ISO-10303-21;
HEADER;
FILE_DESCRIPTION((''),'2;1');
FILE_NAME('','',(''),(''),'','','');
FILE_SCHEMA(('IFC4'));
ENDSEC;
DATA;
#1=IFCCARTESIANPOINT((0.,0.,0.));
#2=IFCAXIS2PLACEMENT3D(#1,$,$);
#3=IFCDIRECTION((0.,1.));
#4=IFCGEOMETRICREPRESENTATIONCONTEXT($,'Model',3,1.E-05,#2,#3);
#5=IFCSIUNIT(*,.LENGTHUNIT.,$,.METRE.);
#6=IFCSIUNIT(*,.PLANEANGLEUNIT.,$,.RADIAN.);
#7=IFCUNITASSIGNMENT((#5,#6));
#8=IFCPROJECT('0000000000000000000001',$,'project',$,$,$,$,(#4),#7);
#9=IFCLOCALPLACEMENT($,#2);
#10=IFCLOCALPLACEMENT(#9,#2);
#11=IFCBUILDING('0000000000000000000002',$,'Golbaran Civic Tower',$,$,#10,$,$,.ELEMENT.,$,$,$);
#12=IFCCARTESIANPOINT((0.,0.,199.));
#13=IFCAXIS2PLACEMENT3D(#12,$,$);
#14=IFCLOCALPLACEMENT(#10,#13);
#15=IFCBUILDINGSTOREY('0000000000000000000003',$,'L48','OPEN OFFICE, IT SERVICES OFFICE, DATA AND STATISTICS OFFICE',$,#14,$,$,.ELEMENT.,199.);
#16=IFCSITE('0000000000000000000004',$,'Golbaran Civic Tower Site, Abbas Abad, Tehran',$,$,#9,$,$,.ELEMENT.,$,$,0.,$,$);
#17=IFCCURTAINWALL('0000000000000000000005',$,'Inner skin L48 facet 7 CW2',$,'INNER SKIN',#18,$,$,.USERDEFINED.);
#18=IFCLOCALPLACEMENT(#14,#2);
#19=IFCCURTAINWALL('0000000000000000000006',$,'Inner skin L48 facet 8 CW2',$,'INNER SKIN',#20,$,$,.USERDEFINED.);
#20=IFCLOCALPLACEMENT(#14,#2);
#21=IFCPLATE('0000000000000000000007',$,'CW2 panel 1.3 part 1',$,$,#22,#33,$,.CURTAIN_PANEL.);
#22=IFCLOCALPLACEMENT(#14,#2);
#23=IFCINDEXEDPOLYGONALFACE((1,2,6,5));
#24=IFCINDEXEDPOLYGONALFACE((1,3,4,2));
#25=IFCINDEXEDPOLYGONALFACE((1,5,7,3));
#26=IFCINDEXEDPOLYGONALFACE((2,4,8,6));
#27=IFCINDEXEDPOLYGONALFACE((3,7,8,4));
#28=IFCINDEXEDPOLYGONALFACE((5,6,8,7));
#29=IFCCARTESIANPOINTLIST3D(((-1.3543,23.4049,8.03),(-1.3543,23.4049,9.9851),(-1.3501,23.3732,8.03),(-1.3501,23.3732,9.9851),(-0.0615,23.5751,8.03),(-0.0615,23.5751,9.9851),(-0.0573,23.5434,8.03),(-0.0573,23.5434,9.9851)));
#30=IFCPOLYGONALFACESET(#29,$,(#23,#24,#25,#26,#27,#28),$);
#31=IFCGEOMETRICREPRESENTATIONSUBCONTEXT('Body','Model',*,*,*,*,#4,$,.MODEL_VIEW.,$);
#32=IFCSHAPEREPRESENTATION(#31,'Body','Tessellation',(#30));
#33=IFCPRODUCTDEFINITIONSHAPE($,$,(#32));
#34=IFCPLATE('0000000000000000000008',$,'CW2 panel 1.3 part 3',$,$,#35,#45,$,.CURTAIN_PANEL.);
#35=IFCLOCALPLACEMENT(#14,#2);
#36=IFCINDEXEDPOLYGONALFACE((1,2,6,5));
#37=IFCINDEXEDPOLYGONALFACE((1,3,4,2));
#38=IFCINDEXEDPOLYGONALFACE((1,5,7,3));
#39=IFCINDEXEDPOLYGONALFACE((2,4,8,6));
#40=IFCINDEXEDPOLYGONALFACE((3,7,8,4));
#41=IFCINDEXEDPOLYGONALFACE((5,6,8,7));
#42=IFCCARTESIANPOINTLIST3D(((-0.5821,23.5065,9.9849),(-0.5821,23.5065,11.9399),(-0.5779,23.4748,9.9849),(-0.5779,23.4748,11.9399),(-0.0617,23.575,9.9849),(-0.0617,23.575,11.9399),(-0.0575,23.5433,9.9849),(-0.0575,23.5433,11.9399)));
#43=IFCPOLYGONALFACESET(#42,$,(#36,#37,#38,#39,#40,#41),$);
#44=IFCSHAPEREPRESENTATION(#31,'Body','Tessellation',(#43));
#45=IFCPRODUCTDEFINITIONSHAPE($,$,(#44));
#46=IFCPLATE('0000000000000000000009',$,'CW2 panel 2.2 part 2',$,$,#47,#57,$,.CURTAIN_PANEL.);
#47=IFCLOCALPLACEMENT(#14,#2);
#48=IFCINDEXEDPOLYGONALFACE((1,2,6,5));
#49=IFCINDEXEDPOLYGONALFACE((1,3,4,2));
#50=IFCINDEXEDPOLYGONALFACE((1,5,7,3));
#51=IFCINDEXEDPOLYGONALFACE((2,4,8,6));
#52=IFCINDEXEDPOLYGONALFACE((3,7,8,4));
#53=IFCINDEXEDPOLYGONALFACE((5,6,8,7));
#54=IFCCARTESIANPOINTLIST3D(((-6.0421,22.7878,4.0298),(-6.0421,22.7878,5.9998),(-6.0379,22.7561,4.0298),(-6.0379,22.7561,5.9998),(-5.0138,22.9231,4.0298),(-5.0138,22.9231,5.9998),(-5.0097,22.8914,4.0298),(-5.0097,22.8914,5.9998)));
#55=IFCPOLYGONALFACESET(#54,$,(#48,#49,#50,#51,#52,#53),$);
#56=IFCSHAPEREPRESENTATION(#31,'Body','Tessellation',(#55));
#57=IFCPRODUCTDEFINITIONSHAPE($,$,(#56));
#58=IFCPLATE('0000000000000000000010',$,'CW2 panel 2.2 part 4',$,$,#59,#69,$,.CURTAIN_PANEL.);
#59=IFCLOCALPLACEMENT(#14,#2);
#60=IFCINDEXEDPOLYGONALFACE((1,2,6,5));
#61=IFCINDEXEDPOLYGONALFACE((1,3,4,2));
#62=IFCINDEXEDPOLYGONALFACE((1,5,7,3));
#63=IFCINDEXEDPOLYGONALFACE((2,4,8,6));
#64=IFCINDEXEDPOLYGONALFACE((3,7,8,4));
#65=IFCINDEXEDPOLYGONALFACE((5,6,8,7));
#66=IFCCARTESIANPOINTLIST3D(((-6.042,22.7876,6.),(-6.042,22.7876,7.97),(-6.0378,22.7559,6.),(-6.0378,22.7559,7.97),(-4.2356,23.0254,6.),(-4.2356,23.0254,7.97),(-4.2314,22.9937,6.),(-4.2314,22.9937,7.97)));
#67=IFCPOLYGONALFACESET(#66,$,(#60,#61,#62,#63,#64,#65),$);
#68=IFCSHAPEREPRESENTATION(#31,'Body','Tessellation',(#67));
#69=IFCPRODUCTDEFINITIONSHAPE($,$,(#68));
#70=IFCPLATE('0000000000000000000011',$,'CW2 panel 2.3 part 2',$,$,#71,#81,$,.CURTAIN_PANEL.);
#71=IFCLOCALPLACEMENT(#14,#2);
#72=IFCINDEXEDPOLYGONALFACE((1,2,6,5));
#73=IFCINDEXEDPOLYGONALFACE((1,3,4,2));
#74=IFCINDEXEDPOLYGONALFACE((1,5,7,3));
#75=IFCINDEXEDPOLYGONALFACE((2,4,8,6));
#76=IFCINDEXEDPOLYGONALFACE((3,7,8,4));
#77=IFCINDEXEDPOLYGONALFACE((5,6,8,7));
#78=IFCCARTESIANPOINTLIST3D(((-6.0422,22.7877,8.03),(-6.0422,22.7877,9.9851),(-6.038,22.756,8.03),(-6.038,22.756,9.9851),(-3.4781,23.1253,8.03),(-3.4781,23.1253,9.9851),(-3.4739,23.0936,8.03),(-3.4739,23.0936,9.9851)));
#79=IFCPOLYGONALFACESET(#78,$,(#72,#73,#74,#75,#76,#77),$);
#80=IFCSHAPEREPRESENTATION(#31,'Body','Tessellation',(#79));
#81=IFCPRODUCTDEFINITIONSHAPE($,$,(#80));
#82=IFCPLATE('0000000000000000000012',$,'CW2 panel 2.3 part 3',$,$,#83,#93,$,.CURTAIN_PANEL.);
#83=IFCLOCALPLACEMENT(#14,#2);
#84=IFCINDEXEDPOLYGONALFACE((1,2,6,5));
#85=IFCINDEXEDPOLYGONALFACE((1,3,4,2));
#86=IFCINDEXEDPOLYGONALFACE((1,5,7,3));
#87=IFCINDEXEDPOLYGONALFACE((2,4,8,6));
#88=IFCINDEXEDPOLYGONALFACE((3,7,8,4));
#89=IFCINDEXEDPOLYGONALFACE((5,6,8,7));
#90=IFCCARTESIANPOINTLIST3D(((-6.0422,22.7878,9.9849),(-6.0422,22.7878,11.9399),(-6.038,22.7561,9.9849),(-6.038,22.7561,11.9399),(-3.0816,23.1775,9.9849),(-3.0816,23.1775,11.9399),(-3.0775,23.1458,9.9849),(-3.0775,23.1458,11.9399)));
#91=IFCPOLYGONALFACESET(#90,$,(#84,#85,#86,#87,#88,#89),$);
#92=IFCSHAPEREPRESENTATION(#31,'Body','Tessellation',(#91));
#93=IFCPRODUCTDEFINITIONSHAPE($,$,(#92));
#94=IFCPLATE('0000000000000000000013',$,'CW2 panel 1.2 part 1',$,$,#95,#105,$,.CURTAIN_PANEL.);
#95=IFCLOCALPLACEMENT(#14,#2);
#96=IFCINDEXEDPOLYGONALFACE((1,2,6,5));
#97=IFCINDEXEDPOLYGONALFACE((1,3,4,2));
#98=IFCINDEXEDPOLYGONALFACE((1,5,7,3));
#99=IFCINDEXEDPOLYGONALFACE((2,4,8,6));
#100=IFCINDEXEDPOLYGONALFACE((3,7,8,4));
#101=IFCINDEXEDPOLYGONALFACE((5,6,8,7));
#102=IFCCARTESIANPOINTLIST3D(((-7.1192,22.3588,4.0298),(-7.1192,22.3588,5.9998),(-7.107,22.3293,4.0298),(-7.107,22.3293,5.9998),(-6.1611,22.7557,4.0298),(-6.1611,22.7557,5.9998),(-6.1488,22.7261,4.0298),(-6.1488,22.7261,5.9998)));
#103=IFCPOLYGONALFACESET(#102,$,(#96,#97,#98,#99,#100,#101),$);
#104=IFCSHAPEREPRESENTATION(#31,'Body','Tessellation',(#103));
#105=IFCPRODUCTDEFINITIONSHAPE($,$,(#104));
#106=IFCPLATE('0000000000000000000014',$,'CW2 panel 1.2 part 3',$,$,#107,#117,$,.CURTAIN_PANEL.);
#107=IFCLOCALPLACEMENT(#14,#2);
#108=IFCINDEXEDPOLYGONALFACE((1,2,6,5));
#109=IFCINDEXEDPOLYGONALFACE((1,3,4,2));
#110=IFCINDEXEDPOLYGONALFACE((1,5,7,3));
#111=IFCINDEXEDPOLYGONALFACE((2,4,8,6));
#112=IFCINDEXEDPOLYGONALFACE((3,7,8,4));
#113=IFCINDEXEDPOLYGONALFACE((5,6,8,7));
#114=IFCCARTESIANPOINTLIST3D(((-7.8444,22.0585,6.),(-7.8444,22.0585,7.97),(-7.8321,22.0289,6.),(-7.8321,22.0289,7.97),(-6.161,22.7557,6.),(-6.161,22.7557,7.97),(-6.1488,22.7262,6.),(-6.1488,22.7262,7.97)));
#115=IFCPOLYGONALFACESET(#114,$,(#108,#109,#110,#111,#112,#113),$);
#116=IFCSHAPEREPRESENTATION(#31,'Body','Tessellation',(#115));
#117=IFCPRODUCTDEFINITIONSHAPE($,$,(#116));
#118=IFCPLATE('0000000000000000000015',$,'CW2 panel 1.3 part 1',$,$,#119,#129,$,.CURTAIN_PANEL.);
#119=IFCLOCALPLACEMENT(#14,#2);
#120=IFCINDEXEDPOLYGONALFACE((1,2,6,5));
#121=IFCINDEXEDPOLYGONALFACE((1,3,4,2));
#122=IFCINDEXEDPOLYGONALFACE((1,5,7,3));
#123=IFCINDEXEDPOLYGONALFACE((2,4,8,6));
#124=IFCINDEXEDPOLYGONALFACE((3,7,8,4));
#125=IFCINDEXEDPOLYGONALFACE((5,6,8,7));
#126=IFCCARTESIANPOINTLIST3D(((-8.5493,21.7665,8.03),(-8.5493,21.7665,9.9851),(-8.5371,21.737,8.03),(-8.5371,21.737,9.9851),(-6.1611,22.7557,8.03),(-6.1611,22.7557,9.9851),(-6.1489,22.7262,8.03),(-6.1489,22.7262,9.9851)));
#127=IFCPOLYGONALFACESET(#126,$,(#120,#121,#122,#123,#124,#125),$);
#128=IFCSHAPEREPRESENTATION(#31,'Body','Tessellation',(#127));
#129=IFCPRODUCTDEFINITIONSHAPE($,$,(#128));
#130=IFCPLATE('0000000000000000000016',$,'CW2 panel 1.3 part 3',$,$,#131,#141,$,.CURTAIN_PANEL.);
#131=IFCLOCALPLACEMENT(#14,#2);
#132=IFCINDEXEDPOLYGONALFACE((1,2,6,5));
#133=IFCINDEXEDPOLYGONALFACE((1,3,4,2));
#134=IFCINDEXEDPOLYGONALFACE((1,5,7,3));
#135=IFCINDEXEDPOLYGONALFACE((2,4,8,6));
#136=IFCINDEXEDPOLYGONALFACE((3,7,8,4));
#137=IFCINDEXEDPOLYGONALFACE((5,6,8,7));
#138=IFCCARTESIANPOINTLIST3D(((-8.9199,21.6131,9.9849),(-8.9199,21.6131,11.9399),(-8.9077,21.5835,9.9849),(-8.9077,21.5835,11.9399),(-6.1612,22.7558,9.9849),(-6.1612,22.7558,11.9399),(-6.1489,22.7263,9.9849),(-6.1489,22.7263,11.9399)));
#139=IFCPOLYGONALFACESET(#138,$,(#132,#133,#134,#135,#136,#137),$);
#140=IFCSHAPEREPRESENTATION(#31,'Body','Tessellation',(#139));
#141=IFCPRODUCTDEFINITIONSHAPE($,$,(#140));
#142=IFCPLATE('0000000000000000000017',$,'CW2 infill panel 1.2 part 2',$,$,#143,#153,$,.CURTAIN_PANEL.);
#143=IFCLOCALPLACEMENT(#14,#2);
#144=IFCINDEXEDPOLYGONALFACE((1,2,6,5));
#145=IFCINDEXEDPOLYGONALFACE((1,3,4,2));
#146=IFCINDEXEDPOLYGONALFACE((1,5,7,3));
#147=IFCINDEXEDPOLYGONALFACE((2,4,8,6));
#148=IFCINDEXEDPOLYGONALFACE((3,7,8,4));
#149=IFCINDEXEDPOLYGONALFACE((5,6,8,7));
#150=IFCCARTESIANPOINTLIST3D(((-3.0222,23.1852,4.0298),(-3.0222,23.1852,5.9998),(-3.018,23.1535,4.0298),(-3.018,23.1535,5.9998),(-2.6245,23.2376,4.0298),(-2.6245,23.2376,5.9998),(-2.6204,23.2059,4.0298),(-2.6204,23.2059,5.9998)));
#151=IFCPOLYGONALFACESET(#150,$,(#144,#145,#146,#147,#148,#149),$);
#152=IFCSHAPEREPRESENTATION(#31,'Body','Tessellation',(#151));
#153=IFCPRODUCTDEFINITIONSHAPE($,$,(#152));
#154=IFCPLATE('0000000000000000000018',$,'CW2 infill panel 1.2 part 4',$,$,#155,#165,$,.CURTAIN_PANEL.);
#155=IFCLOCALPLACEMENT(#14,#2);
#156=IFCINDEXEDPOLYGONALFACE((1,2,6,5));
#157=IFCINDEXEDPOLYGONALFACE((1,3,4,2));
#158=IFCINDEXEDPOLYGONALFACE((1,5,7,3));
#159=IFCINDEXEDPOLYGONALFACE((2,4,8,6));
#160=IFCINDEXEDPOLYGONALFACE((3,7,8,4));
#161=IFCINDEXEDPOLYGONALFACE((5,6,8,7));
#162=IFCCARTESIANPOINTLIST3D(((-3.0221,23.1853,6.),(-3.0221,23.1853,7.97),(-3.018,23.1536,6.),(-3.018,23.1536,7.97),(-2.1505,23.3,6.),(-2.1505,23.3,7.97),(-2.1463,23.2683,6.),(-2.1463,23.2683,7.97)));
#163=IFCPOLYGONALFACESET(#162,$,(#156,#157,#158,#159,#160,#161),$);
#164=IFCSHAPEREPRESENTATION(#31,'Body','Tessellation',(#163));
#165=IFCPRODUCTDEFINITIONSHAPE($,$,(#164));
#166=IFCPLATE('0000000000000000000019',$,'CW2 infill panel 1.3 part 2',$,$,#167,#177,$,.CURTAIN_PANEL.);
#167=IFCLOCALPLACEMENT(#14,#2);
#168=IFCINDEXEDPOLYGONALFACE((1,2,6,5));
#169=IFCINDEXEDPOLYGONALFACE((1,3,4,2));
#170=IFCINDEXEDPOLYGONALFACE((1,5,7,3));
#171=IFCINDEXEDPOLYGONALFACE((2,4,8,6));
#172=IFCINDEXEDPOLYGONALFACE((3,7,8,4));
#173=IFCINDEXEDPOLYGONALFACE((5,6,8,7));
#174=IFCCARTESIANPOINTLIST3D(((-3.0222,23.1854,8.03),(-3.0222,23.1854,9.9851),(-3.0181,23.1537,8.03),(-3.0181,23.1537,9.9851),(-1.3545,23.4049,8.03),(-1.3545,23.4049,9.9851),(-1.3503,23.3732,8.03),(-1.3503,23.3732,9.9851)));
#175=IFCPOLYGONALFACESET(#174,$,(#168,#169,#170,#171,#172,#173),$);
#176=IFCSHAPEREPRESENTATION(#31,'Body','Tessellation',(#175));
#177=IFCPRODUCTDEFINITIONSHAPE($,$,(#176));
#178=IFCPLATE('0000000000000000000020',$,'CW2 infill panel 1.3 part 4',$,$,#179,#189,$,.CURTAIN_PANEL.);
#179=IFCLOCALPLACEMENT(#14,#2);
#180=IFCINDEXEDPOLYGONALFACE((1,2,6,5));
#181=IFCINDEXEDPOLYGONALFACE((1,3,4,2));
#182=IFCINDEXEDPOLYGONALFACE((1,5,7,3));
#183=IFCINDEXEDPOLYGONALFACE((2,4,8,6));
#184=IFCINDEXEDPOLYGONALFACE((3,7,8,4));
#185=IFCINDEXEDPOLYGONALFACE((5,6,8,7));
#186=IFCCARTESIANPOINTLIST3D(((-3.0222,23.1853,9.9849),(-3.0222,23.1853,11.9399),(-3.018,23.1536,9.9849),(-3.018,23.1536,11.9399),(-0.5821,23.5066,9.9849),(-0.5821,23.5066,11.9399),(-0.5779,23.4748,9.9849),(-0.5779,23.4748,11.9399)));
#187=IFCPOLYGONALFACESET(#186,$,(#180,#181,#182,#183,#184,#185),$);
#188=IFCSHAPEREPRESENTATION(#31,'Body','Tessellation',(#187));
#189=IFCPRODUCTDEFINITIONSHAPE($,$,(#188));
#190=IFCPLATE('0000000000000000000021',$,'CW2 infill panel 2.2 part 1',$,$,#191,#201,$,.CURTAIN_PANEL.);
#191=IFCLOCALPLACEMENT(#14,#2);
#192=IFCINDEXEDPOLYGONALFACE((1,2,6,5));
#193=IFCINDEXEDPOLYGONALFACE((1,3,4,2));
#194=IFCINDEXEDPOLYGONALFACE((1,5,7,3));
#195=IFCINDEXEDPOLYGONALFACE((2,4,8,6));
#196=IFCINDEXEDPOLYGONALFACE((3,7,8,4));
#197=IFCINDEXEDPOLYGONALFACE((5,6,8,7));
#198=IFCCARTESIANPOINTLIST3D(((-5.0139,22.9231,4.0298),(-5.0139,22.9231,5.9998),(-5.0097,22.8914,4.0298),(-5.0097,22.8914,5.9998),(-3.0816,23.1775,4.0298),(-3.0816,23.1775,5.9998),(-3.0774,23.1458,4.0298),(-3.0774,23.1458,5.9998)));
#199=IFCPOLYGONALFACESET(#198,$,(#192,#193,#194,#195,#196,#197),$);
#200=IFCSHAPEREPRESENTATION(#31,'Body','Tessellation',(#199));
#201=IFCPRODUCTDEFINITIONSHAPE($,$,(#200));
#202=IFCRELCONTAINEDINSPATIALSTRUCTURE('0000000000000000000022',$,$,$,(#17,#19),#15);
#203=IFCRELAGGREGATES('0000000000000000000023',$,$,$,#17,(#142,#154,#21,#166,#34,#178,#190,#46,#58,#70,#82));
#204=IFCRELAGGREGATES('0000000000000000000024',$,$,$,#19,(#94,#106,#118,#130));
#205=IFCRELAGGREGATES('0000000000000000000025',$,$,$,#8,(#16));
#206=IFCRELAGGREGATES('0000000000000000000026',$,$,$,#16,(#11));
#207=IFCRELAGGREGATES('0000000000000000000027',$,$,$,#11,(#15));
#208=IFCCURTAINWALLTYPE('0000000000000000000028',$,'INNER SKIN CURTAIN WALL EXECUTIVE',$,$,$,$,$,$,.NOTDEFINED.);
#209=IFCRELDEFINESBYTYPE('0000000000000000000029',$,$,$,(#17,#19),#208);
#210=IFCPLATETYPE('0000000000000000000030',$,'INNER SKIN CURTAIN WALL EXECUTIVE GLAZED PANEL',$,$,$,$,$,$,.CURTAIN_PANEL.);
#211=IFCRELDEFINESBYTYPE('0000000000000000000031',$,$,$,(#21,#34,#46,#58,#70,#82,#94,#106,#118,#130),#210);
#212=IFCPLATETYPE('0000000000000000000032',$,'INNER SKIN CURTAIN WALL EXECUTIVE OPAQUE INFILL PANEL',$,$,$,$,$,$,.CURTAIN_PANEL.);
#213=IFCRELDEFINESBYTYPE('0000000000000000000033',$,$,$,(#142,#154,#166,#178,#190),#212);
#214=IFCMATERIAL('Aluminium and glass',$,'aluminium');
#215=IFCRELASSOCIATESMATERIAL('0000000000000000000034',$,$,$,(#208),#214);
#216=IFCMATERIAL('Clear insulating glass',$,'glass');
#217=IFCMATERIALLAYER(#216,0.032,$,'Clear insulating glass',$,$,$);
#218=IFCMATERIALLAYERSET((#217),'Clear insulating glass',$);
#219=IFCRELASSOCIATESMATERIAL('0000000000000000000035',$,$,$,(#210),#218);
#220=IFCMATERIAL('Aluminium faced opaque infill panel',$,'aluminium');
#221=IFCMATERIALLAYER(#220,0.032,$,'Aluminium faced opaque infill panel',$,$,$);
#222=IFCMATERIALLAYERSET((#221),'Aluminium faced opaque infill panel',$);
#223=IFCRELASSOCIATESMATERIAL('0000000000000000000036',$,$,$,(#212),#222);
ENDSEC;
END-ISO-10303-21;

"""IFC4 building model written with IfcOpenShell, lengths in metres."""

from ifc_helpers import new_model, si_unit, direction, frame, origin, origin_2d, place, context, subcontext, project, spatial, rectangle, extrude, material, layer, layer_set, type_object, element, aggregate, save


model = new_model("IFC4")

# Units and contexts
model_context = context("Model", 3, precision=1e-05, world=origin(), true_north=direction((0.0, 1.0)))
body_context = subcontext(model_context, "Body", "Model", "MODEL_VIEW")
ifc_project = project(units=[si_unit("LENGTHUNIT", "METRE"), si_unit("PLANEANGLEUNIT", "RADIAN")], contexts=[model_context])

# Site, building, storey
site_placement = place(None, origin())
site = spatial("IfcSite", under=ifc_project, at=site_placement, Name="Golbaran Civic Tower Site, Abbas Abad, Tehran", CompositionType="ELEMENT", RefElevation=0.0)
building_placement = place(site_placement, origin())
building = spatial("IfcBuilding", under=site, at=building_placement, Name="Golbaran Civic Tower", CompositionType="ELEMENT")
storey_placement = place(building_placement, frame((0.0, 0.0, 199.0)))
storey = spatial("IfcBuildingStorey", under=building, at=storey_placement, Name="L48", Description="OPEN OFFICE, IT SERVICES OFFICE, DATA AND STATISTICS OFFICE", CompositionType="ELEMENT", Elevation=199.0)

# Curtain walls
ifc_material_1 = material(Name="Aluminium and glass", Category="aluminium")
curtain_wall_type_1 = type_object("IfcCurtainWallType", Name="INNER SKIN CURTAIN WALL EXECUTIVE", PredefinedType="NOTDEFINED", material=ifc_material_1)
curtain_wall_1_placement = place(storey_placement, origin())
curtain_wall_1 = element("IfcCurtainWall", 1, at=curtain_wall_1_placement, inside=storey, type_object=curtain_wall_type_1, Name="Inner skin L48 facet 7 CW2", ObjectType="INNER SKIN", PredefinedType="USERDEFINED")
curtain_wall_2_placement = place(storey_placement, origin())
curtain_wall_2 = element("IfcCurtainWall", 2, at=curtain_wall_2_placement, inside=storey, type_object=curtain_wall_type_1, Name="Inner skin L48 facet 8 CW2", ObjectType="INNER SKIN", PredefinedType="USERDEFINED")

# Plates
ifc_material_2 = material(Name="Clear insulating glass", Category="glass")
ifc_layer_1 = layer(ifc_material_2, 0.032, Name="Clear insulating glass")
ifc_layer_set_1 = layer_set([ifc_layer_1], Name="Clear insulating glass")
plate_type_1 = type_object("IfcPlateType", Name="INNER SKIN CURTAIN WALL EXECUTIVE GLAZED PANEL", PredefinedType="CURTAIN_PANEL", material=ifc_layer_set_1)
plate_1_placement = place(storey_placement, frame((-0.7058, 23.4741, 8.03), z_axis=(0.0, 0.0, 1.0), x_axis=(-0.991445, -0.130526, 0.0)))
plate_1 = element("IfcPlate", 3, at=plate_1_placement, type_object=plate_type_1, Name="CW2 panel 1.3 part 1", PredefinedType="CURTAIN_PANEL", context=body_context, shape_type="SweptSolid", body=[
    extrude(rectangle(XDim=1.304, YDim=0.032, at=origin_2d()), origin(), (0.0, 0.0, 1.0), 1.9551),
])
plate_2_placement = place(storey_placement, frame((-0.3198, 23.5249, 9.9849), z_axis=(0.0, 0.0, 1.0), x_axis=(-0.991445, -0.130526, 0.0)))
plate_2 = element("IfcPlate", 4, at=plate_2_placement, type_object=plate_type_1, Name="CW2 panel 1.3 part 3", PredefinedType="CURTAIN_PANEL", context=body_context, shape_type="SweptSolid", body=[
    extrude(rectangle(XDim=0.5249, YDim=0.032, at=origin_2d()), origin(), (0.0, 0.0, 1.0), 1.9551),
])
plate_3_placement = place(storey_placement, frame((-5.5259, 22.8396, 4.0298), z_axis=(0.0, 0.0, 1.0), x_axis=(-0.991445, -0.130526, 0.0)))
plate_3 = element("IfcPlate", 5, at=plate_3_placement, type_object=plate_type_1, Name="CW2 panel 2.2 part 2", PredefinedType="CURTAIN_PANEL", context=body_context, shape_type="SweptSolid", body=[
    extrude(rectangle(XDim=1.0371, YDim=0.032, at=origin_2d()), origin(), (0.0, 0.0, 1.0), 1.97),
])
plate_4_placement = place(storey_placement, frame((-5.1367, 22.8906, 6.0), z_axis=(0.0, 0.0, 1.0), x_axis=(-0.991445, -0.130526, 0.0)))
plate_4 = element("IfcPlate", 6, at=plate_4_placement, type_object=plate_type_1, Name="CW2 panel 2.2 part 4", PredefinedType="CURTAIN_PANEL", context=body_context, shape_type="SweptSolid", body=[
    extrude(rectangle(XDim=1.822, YDim=0.032, at=origin_2d()), origin(), (0.0, 0.0, 1.0), 1.97),
])
plate_5_placement = place(storey_placement, frame((-4.7581, 22.9407, 8.03), z_axis=(0.0, 0.0, 1.0), x_axis=(-0.991445, -0.130526, 0.0)))
plate_5 = element("IfcPlate", 7, at=plate_5_placement, type_object=plate_type_1, Name="CW2 panel 2.3 part 2", PredefinedType="CURTAIN_PANEL", context=body_context, shape_type="SweptSolid", body=[
    extrude(rectangle(XDim=2.5862, YDim=0.032, at=origin_2d()), origin(), (0.0, 0.0, 1.0), 1.9551),
])
plate_6_placement = place(storey_placement, frame((-4.5598, 22.9668, 9.9849), z_axis=(0.0, 0.0, 1.0), x_axis=(-0.991445, -0.130526, 0.0)))
plate_6 = element("IfcPlate", 8, at=plate_6_placement, type_object=plate_type_1, Name="CW2 panel 2.3 part 3", PredefinedType="CURTAIN_PANEL", context=body_context, shape_type="SweptSolid", body=[
    extrude(rectangle(XDim=2.9861, YDim=0.032, at=origin_2d()), origin(), (0.0, 0.0, 1.0), 1.9551),
])
plate_7_placement = place(storey_placement, frame((-6.634, 22.5425, 4.0298), z_axis=(0.0, 0.0, 1.0), x_axis=(-0.92388, -0.382683, 0.0)))
plate_7 = element("IfcPlate", 9, at=plate_7_placement, type_object=plate_type_1, Name="CW2 panel 1.2 part 1", PredefinedType="CURTAIN_PANEL", context=body_context, shape_type="SweptSolid", body=[
    extrude(rectangle(XDim=1.0371, YDim=0.032, at=origin_2d()), origin(), (0.0, 0.0, 1.0), 1.97),
])
plate_8_placement = place(storey_placement, frame((-6.9966, 22.3923, 6.0), z_axis=(0.0, 0.0, 1.0), x_axis=(-0.92388, -0.382683, 0.0)))
plate_8 = element("IfcPlate", 10, at=plate_8_placement, type_object=plate_type_1, Name="CW2 panel 1.2 part 3", PredefinedType="CURTAIN_PANEL", context=body_context, shape_type="SweptSolid", body=[
    extrude(rectangle(XDim=1.822, YDim=0.032, at=origin_2d()), origin(), (0.0, 0.0, 1.0), 1.97),
])
plate_9_placement = place(storey_placement, frame((-7.3491, 22.2463, 8.03), z_axis=(0.0, 0.0, 1.0), x_axis=(-0.92388, -0.382683, 0.0)))
plate_9 = element("IfcPlate", 11, at=plate_9_placement, type_object=plate_type_1, Name="CW2 panel 1.3 part 1", PredefinedType="CURTAIN_PANEL", context=body_context, shape_type="SweptSolid", body=[
    extrude(rectangle(XDim=2.585, YDim=0.032, at=origin_2d()), origin(), (0.0, 0.0, 1.0), 1.9551),
])
plate_10_placement = place(storey_placement, frame((-7.5344, 22.1697, 9.9849), z_axis=(0.0, 0.0, 1.0), x_axis=(-0.92388, -0.382683, 0.0)))
plate_10 = element("IfcPlate", 12, at=plate_10_placement, type_object=plate_type_1, Name="CW2 panel 1.3 part 3", PredefinedType="CURTAIN_PANEL", context=body_context, shape_type="SweptSolid", body=[
    extrude(rectangle(XDim=2.9861, YDim=0.032, at=origin_2d()), origin(), (0.0, 0.0, 1.0), 1.9551),
])
ifc_material_3 = material(Name="Aluminium faced opaque infill panel", Category="aluminium")
ifc_layer_2 = layer(ifc_material_3, 0.032, Name="Aluminium faced opaque infill panel")
ifc_layer_set_2 = layer_set([ifc_layer_2], Name="Aluminium faced opaque infill panel")
plate_type_2 = type_object("IfcPlateType", Name="INNER SKIN CURTAIN WALL EXECUTIVE OPAQUE INFILL PANEL", PredefinedType="CURTAIN_PANEL", material=ifc_layer_set_2)
plate_11_placement = place(storey_placement, frame((-2.8213, 23.1956, 4.0298), z_axis=(0.0, 0.0, 1.0), x_axis=(-0.991445, -0.130526, 0.0)))
plate_11 = element("IfcPlate", 13, at=plate_11_placement, type_object=plate_type_2, Name="CW2 infill panel 1.2 part 2", PredefinedType="CURTAIN_PANEL", context=body_context, shape_type="SweptSolid", body=[
    extrude(rectangle(XDim=0.4011, YDim=0.032, at=origin_2d()), origin(), (0.0, 0.0, 1.0), 1.97),
])
plate_12_placement = place(storey_placement, frame((-2.5842, 23.2268, 6.0), z_axis=(0.0, 0.0, 1.0), x_axis=(-0.991445, -0.130526, 0.0)))
plate_12 = element("IfcPlate", 14, at=plate_12_placement, type_object=plate_type_2, Name="CW2 infill panel 1.2 part 4", PredefinedType="CURTAIN_PANEL", context=body_context, shape_type="SweptSolid", body=[
    extrude(rectangle(XDim=0.8792, YDim=0.032, at=origin_2d()), origin(), (0.0, 0.0, 1.0), 1.97),
])
plate_13_placement = place(storey_placement, frame((-2.1863, 23.2793, 8.03), z_axis=(0.0, 0.0, 1.0), x_axis=(-0.991445, -0.130526, 0.0)))
plate_13 = element("IfcPlate", 15, at=plate_13_placement, type_object=plate_type_2, Name="CW2 infill panel 1.3 part 2", PredefinedType="CURTAIN_PANEL", context=body_context, shape_type="SweptSolid", body=[
    extrude(rectangle(XDim=1.6821, YDim=0.032, at=origin_2d()), origin(), (0.0, 0.0, 1.0), 1.9551),
])
plate_14_placement = place(storey_placement, frame((-1.8, 23.3301, 9.9849), z_axis=(0.0, 0.0, 1.0), x_axis=(-0.991445, -0.130526, 0.0)))
plate_14 = element("IfcPlate", 16, at=plate_14_placement, type_object=plate_type_2, Name="CW2 infill panel 1.3 part 4", PredefinedType="CURTAIN_PANEL", context=body_context, shape_type="SweptSolid", body=[
    extrude(rectangle(XDim=2.4612, YDim=0.032, at=origin_2d()), origin(), (0.0, 0.0, 1.0), 1.9551),
])
plate_15_placement = place(storey_placement, frame((-4.0457, 23.0344, 4.0298), z_axis=(0.0, 0.0, 1.0), x_axis=(-0.991445, -0.130526, 0.0)))
plate_15 = element("IfcPlate", 17, at=plate_15_placement, type_object=plate_type_2, Name="CW2 infill panel 2.2 part 1", PredefinedType="CURTAIN_PANEL", context=body_context, shape_type="SweptSolid", body=[
    extrude(rectangle(XDim=1.949, YDim=0.032, at=origin_2d()), origin(), (0.0, 0.0, 1.0), 1.97),
])
aggregate(curtain_wall_1, [plate_11, plate_12, plate_1, plate_13, plate_2, plate_14, plate_15, plate_3, plate_4, plate_5, plate_6])
aggregate(curtain_wall_2, [plate_7, plate_8, plate_9, plate_10])

save(model, "model.ifc")
